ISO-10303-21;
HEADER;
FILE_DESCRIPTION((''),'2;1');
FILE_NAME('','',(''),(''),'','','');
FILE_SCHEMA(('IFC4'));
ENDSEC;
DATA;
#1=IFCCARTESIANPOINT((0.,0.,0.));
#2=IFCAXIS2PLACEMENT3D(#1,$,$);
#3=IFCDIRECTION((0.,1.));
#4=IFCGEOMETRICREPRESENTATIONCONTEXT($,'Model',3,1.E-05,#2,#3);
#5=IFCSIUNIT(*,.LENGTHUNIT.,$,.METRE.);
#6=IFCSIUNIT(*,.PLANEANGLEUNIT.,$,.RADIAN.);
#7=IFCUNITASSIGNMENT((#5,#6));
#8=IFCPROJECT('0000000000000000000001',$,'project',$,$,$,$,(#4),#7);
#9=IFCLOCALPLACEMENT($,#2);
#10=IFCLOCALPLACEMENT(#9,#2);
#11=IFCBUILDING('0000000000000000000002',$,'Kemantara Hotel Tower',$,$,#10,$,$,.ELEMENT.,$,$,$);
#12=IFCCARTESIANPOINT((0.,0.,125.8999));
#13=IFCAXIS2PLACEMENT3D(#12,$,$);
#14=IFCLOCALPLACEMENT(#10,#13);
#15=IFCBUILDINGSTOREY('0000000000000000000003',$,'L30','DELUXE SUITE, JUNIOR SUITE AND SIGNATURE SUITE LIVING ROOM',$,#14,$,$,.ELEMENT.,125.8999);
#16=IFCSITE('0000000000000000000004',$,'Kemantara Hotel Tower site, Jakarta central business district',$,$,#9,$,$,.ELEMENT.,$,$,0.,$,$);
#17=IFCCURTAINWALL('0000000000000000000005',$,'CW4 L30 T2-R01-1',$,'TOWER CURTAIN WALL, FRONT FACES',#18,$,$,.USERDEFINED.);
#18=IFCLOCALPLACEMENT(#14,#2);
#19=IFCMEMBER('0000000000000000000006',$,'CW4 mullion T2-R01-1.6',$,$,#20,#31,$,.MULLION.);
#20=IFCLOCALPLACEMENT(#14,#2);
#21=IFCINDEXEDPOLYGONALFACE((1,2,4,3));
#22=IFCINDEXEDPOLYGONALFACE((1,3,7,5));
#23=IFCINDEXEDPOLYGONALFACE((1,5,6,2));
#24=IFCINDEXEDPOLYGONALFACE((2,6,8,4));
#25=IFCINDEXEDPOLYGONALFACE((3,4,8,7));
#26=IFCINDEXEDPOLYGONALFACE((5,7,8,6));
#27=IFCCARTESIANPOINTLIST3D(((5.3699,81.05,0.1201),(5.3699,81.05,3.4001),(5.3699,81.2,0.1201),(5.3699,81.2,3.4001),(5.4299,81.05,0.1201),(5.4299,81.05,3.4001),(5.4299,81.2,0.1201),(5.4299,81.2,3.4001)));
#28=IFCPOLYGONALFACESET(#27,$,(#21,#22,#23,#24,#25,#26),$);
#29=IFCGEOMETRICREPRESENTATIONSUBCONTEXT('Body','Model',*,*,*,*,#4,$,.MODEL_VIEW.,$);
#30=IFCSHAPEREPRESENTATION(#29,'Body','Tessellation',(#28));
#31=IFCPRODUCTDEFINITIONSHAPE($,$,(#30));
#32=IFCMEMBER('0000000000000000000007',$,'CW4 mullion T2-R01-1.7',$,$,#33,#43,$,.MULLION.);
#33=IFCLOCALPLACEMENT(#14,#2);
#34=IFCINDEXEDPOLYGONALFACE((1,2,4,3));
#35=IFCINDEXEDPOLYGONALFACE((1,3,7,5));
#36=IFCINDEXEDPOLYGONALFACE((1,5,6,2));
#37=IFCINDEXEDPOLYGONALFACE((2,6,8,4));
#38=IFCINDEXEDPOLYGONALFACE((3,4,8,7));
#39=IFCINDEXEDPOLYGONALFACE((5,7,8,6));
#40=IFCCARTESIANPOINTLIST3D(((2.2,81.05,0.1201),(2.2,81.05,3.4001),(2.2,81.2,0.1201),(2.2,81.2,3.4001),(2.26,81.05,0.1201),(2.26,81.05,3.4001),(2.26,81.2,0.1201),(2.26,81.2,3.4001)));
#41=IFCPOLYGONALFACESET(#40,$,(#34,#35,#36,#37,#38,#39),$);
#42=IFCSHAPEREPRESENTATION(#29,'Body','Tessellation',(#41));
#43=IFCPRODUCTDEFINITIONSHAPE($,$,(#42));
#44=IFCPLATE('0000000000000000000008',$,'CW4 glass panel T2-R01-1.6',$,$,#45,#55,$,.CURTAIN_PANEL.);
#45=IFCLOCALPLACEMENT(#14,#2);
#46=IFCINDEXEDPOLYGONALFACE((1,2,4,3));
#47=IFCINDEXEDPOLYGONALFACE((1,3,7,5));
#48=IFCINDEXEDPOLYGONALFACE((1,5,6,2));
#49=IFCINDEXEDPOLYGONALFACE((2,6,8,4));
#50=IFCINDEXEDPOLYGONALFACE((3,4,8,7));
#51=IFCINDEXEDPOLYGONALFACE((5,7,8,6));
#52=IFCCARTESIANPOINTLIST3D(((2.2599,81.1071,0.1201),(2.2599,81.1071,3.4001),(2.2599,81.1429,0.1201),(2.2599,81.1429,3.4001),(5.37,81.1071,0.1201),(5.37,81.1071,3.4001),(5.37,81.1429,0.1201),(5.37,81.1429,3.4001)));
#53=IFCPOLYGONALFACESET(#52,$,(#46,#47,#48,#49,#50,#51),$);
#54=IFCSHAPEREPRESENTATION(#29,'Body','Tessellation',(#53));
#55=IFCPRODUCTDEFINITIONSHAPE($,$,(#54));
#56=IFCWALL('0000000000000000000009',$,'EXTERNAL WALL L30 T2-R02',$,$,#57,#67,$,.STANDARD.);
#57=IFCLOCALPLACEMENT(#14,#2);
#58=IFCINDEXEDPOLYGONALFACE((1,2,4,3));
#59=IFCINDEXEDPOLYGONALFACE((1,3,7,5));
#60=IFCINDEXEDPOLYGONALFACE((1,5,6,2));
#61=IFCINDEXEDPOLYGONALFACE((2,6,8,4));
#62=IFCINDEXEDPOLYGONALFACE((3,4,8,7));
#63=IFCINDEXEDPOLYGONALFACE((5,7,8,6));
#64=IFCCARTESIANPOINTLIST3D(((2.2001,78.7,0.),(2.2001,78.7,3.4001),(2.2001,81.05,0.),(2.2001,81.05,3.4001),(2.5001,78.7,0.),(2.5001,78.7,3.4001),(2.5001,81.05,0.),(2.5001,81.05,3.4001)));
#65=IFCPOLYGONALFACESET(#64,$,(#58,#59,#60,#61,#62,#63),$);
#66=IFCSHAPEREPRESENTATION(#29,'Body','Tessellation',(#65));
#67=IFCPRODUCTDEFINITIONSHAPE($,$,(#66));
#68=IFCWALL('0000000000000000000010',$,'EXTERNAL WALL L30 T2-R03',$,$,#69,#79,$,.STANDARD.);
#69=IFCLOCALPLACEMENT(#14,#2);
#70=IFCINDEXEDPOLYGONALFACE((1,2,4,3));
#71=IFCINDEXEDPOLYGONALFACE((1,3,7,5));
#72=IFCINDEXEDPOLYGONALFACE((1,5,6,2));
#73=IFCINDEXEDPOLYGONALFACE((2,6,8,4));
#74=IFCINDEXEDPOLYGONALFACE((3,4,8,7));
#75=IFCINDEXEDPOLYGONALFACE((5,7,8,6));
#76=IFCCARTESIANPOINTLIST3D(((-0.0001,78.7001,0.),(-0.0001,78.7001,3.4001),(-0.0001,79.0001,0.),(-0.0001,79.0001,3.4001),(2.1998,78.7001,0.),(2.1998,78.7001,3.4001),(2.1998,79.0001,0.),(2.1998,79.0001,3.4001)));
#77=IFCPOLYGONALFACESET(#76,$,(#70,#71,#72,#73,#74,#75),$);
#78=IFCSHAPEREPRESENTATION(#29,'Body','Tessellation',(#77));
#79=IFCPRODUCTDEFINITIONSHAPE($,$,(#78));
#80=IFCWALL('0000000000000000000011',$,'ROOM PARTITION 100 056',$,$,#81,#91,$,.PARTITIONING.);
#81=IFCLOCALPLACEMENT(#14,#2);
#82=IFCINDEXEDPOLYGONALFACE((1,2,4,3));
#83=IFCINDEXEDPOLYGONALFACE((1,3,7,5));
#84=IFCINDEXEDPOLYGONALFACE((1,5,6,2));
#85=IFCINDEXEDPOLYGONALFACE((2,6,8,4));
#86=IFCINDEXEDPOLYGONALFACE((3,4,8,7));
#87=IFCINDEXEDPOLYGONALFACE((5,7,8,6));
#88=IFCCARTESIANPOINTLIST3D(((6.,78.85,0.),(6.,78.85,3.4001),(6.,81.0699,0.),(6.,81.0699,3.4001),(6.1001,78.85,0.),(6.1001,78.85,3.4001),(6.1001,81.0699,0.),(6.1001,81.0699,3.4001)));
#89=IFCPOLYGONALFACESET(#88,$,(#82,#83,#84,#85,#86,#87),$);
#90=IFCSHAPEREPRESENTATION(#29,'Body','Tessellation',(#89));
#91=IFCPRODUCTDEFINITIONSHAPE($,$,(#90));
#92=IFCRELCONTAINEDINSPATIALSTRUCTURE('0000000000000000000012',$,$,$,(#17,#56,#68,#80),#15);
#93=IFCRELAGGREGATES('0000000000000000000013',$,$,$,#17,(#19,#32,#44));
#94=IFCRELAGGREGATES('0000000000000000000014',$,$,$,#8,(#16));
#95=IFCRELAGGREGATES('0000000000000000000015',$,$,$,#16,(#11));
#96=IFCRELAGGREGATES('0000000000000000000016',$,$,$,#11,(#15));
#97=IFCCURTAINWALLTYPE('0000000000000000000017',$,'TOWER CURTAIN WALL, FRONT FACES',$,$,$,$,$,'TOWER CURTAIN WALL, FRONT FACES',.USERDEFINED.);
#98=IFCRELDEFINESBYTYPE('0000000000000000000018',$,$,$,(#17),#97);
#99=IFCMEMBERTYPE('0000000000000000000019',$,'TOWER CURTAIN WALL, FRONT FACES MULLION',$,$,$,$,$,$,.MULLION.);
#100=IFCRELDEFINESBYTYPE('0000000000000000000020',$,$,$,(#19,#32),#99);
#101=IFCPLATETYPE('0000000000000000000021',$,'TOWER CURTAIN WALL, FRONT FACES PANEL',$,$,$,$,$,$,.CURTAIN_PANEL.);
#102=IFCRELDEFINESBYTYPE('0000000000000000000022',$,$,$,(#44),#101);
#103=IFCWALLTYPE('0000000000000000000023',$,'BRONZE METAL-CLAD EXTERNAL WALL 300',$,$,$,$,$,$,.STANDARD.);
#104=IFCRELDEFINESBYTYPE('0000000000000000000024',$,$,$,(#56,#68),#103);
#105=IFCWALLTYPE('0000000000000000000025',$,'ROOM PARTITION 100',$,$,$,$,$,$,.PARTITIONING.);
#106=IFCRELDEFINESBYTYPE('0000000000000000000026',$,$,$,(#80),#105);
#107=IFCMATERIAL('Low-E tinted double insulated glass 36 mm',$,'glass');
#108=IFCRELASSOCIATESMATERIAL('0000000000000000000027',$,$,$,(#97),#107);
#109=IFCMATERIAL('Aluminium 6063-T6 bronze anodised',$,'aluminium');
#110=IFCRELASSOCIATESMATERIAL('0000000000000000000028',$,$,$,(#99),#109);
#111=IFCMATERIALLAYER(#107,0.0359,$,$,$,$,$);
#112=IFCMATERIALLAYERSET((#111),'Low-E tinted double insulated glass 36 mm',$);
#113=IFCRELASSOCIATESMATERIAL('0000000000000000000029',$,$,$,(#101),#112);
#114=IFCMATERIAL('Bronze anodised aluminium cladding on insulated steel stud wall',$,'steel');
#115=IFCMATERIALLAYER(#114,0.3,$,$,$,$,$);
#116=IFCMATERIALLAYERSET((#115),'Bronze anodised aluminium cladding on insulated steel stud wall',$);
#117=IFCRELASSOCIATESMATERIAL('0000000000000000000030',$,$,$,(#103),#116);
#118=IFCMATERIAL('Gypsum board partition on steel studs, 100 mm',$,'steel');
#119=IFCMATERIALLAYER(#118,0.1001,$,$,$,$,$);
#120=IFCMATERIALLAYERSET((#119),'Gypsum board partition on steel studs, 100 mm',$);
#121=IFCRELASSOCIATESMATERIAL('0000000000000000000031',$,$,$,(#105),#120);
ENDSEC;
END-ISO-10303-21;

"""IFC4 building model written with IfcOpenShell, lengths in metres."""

from ifc_helpers import new_model, si_unit, direction, frame, frame_2d, origin, origin_2d, place, context, subcontext, project, spatial, rectangle, extrude, source, transform, mapped, material, layer, layer_set, material_profile, profile_set, type_object, element, aggregate, save


model = new_model("IFC4")

# Units and contexts
model_context = context("Model", 3, precision=1e-05, world=origin(), true_north=direction((0.0, 1.0)))
body_context = subcontext(model_context, "Body", "Model", "MODEL_VIEW")
ifc_project = project(units=[si_unit("LENGTHUNIT", "METRE"), si_unit("PLANEANGLEUNIT", "RADIAN")], contexts=[model_context])

# Site, building, storey
site_placement = place(None, origin())
site = spatial("IfcSite", under=ifc_project, at=site_placement, Name="Kemantara Hotel Tower site, Jakarta central business district", CompositionType="ELEMENT", RefElevation=0.0)
building_placement = place(site_placement, origin())
building = spatial("IfcBuilding", under=site, at=building_placement, Name="Kemantara Hotel Tower", CompositionType="ELEMENT")
storey_placement = place(building_placement, frame((0.0, 0.0, 125.8999)))
storey = spatial("IfcBuildingStorey", under=building, at=storey_placement, Name="L30", Description="DELUXE SUITE, JUNIOR SUITE AND SIGNATURE SUITE LIVING ROOM", CompositionType="ELEMENT", Elevation=125.8999)

# Curtain wall, members, plate
ifc_material_1 = material(Name="Low-E tinted double insulated glass 36 mm", Category="glass")
curtain_wall_type = type_object("IfcCurtainWallType", Name="TOWER CURTAIN WALL, FRONT FACES", ElementType="TOWER CURTAIN WALL, FRONT FACES", PredefinedType="USERDEFINED", material=ifc_material_1)
curtain_wall_placement = place(storey_placement, origin())
curtain_wall = element("IfcCurtainWall", 1, at=curtain_wall_placement, inside=storey, type_object=curtain_wall_type, Name="CW4 L30 T2-R01-1", ObjectType="TOWER CURTAIN WALL, FRONT FACES", PredefinedType="USERDEFINED")
ifc_material_2 = material(Name="Aluminium 6063-T6 bronze anodised", Category="aluminium")
ifc_material_profile = material_profile(ifc_material_2, rectangle(XDim=0.1499, YDim=0.0601, at=origin_2d()), Name="TOWER CURTAIN WALL, FRONT FACES MULLION")
ifc_profile_set = profile_set([ifc_material_profile], Name="Aluminium 6063-T6 bronze anodised")
member_type = type_object("IfcMemberType", Name="TOWER CURTAIN WALL, FRONT FACES MULLION", PredefinedType="MULLION", material=ifc_profile_set)
shared_shape_1 = source(origin(), body_context, "Body", "SweptSolid", [
    extrude(rectangle(XDim=0.1499, YDim=0.0601, at=origin_2d()), origin(), (0.0, 0.0, 1.0), 3.28),
])
member_1_placement = place(storey_placement, frame((5.3999, 81.125, 0.1201), z_axis=(0.0, 0.0, 1.0), x_axis=(0.0, -1.0, 0.0)))
member_1 = element("IfcMember", 2, at=member_1_placement, type_object=member_type, Name="CW4 mullion T2-R01-1.6", PredefinedType="MULLION", context=body_context, shape_type="MappedRepresentation", body=[
    mapped(shared_shape_1, transform((0.0, 0.0, 0.0))),
])
member_2_placement = place(storey_placement, frame((2.23, 81.125, 0.1201), z_axis=(0.0, 0.0, 1.0), x_axis=(0.0, -1.0, 0.0)))
member_2 = element("IfcMember", 3, at=member_2_placement, type_object=member_type, Name="CW4 mullion T2-R01-1.7", PredefinedType="MULLION", context=body_context, shape_type="MappedRepresentation", body=[
    mapped(shared_shape_1, transform((0.0, 0.0, 0.0))),
])
ifc_layer_1 = layer(ifc_material_1, 0.0359)
ifc_layer_set_1 = layer_set([ifc_layer_1], Name="Low-E tinted double insulated glass 36 mm")
plate_type = type_object("IfcPlateType", Name="TOWER CURTAIN WALL, FRONT FACES PANEL", PredefinedType="CURTAIN_PANEL", material=ifc_layer_set_1)
shared_shape_2 = source(origin(), body_context, "Body", "SweptSolid", [
    extrude(rectangle(XDim=3.1101, YDim=0.0359, at=origin_2d()), origin(), (0.0, 0.0, 1.0), 3.28),
])
plate_placement = place(storey_placement, frame((3.8149, 81.125, 0.1201), z_axis=(0.0, 0.0, 1.0), x_axis=(-1.0, 0.0, 0.0)))
plate = element("IfcPlate", 4, at=plate_placement, type_object=plate_type, Name="CW4 glass panel T2-R01-1.6", PredefinedType="CURTAIN_PANEL", context=body_context, shape_type="MappedRepresentation", body=[
    mapped(shared_shape_2, transform((0.0, 0.0, 0.0))),
])
aggregate(curtain_wall, [member_1, member_2, plate])

# Walls
ifc_material_3 = material(Name="Bronze anodised aluminium cladding on insulated steel stud wall", Category="steel")
ifc_layer_2 = layer(ifc_material_3, 0.3)
ifc_layer_set_2 = layer_set([ifc_layer_2], Name="Bronze anodised aluminium cladding on insulated steel stud wall")
wall_type_1 = type_object("IfcWallType", Name="BRONZE METAL-CLAD EXTERNAL WALL 300", PredefinedType="STANDARD", material=ifc_layer_set_2)
wall_1_placement = place(storey_placement, frame((2.3501, 81.05, 0.0), z_axis=(0.0, 0.0, 1.0), x_axis=(0.0, -1.0, 0.0)))
element("IfcWall", 5, at=wall_1_placement, inside=storey, type_object=wall_type_1, Name="EXTERNAL WALL L30 T2-R02", PredefinedType="STANDARD", context=body_context, shape_type="SweptSolid", body=[
    extrude(rectangle(XDim=2.3501, YDim=0.3, at=frame_2d((1.175, 0.0))), origin(), (0.0, 0.0, 1.0), 3.4001),
])
wall_2_placement = place(storey_placement, frame((2.2, 78.8501, 0.0), z_axis=(0.0, 0.0, 1.0), x_axis=(-1.0, 0.0, 0.0)))
element("IfcWall", 6, at=wall_2_placement, inside=storey, type_object=wall_type_1, Name="EXTERNAL WALL L30 T2-R03", PredefinedType="STANDARD", context=body_context, shape_type="SweptSolid", body=[
    extrude(rectangle(XDim=2.2, YDim=0.3, at=frame_2d((1.1001, 0.0))), origin(), (0.0, 0.0, 1.0), 3.4001),
])
ifc_material_4 = material(Name="Gypsum board partition on steel studs, 100 mm", Category="steel")
ifc_layer_3 = layer(ifc_material_4, 0.1001)
ifc_layer_set_3 = layer_set([ifc_layer_3], Name="Gypsum board partition on steel studs, 100 mm")
wall_type_2 = type_object("IfcWallType", Name="ROOM PARTITION 100", PredefinedType="PARTITIONING", material=ifc_layer_set_3)
wall_3_placement = place(storey_placement, frame((6.05, 78.8501, 0.0), z_axis=(0.0, 0.0, 1.0), x_axis=(0.0, 1.0, 0.0)))
element("IfcWall", 7, at=wall_3_placement, inside=storey, type_object=wall_type_2, Name="ROOM PARTITION 100 056", PredefinedType="PARTITIONING", context=body_context, shape_type="SweptSolid", body=[
    extrude(rectangle(XDim=2.22, YDim=0.1001, at=frame_2d((1.1099, 0.0))), origin(), (0.0, 0.0, 1.0), 3.4001),
])

save(model, "model.ifc")
